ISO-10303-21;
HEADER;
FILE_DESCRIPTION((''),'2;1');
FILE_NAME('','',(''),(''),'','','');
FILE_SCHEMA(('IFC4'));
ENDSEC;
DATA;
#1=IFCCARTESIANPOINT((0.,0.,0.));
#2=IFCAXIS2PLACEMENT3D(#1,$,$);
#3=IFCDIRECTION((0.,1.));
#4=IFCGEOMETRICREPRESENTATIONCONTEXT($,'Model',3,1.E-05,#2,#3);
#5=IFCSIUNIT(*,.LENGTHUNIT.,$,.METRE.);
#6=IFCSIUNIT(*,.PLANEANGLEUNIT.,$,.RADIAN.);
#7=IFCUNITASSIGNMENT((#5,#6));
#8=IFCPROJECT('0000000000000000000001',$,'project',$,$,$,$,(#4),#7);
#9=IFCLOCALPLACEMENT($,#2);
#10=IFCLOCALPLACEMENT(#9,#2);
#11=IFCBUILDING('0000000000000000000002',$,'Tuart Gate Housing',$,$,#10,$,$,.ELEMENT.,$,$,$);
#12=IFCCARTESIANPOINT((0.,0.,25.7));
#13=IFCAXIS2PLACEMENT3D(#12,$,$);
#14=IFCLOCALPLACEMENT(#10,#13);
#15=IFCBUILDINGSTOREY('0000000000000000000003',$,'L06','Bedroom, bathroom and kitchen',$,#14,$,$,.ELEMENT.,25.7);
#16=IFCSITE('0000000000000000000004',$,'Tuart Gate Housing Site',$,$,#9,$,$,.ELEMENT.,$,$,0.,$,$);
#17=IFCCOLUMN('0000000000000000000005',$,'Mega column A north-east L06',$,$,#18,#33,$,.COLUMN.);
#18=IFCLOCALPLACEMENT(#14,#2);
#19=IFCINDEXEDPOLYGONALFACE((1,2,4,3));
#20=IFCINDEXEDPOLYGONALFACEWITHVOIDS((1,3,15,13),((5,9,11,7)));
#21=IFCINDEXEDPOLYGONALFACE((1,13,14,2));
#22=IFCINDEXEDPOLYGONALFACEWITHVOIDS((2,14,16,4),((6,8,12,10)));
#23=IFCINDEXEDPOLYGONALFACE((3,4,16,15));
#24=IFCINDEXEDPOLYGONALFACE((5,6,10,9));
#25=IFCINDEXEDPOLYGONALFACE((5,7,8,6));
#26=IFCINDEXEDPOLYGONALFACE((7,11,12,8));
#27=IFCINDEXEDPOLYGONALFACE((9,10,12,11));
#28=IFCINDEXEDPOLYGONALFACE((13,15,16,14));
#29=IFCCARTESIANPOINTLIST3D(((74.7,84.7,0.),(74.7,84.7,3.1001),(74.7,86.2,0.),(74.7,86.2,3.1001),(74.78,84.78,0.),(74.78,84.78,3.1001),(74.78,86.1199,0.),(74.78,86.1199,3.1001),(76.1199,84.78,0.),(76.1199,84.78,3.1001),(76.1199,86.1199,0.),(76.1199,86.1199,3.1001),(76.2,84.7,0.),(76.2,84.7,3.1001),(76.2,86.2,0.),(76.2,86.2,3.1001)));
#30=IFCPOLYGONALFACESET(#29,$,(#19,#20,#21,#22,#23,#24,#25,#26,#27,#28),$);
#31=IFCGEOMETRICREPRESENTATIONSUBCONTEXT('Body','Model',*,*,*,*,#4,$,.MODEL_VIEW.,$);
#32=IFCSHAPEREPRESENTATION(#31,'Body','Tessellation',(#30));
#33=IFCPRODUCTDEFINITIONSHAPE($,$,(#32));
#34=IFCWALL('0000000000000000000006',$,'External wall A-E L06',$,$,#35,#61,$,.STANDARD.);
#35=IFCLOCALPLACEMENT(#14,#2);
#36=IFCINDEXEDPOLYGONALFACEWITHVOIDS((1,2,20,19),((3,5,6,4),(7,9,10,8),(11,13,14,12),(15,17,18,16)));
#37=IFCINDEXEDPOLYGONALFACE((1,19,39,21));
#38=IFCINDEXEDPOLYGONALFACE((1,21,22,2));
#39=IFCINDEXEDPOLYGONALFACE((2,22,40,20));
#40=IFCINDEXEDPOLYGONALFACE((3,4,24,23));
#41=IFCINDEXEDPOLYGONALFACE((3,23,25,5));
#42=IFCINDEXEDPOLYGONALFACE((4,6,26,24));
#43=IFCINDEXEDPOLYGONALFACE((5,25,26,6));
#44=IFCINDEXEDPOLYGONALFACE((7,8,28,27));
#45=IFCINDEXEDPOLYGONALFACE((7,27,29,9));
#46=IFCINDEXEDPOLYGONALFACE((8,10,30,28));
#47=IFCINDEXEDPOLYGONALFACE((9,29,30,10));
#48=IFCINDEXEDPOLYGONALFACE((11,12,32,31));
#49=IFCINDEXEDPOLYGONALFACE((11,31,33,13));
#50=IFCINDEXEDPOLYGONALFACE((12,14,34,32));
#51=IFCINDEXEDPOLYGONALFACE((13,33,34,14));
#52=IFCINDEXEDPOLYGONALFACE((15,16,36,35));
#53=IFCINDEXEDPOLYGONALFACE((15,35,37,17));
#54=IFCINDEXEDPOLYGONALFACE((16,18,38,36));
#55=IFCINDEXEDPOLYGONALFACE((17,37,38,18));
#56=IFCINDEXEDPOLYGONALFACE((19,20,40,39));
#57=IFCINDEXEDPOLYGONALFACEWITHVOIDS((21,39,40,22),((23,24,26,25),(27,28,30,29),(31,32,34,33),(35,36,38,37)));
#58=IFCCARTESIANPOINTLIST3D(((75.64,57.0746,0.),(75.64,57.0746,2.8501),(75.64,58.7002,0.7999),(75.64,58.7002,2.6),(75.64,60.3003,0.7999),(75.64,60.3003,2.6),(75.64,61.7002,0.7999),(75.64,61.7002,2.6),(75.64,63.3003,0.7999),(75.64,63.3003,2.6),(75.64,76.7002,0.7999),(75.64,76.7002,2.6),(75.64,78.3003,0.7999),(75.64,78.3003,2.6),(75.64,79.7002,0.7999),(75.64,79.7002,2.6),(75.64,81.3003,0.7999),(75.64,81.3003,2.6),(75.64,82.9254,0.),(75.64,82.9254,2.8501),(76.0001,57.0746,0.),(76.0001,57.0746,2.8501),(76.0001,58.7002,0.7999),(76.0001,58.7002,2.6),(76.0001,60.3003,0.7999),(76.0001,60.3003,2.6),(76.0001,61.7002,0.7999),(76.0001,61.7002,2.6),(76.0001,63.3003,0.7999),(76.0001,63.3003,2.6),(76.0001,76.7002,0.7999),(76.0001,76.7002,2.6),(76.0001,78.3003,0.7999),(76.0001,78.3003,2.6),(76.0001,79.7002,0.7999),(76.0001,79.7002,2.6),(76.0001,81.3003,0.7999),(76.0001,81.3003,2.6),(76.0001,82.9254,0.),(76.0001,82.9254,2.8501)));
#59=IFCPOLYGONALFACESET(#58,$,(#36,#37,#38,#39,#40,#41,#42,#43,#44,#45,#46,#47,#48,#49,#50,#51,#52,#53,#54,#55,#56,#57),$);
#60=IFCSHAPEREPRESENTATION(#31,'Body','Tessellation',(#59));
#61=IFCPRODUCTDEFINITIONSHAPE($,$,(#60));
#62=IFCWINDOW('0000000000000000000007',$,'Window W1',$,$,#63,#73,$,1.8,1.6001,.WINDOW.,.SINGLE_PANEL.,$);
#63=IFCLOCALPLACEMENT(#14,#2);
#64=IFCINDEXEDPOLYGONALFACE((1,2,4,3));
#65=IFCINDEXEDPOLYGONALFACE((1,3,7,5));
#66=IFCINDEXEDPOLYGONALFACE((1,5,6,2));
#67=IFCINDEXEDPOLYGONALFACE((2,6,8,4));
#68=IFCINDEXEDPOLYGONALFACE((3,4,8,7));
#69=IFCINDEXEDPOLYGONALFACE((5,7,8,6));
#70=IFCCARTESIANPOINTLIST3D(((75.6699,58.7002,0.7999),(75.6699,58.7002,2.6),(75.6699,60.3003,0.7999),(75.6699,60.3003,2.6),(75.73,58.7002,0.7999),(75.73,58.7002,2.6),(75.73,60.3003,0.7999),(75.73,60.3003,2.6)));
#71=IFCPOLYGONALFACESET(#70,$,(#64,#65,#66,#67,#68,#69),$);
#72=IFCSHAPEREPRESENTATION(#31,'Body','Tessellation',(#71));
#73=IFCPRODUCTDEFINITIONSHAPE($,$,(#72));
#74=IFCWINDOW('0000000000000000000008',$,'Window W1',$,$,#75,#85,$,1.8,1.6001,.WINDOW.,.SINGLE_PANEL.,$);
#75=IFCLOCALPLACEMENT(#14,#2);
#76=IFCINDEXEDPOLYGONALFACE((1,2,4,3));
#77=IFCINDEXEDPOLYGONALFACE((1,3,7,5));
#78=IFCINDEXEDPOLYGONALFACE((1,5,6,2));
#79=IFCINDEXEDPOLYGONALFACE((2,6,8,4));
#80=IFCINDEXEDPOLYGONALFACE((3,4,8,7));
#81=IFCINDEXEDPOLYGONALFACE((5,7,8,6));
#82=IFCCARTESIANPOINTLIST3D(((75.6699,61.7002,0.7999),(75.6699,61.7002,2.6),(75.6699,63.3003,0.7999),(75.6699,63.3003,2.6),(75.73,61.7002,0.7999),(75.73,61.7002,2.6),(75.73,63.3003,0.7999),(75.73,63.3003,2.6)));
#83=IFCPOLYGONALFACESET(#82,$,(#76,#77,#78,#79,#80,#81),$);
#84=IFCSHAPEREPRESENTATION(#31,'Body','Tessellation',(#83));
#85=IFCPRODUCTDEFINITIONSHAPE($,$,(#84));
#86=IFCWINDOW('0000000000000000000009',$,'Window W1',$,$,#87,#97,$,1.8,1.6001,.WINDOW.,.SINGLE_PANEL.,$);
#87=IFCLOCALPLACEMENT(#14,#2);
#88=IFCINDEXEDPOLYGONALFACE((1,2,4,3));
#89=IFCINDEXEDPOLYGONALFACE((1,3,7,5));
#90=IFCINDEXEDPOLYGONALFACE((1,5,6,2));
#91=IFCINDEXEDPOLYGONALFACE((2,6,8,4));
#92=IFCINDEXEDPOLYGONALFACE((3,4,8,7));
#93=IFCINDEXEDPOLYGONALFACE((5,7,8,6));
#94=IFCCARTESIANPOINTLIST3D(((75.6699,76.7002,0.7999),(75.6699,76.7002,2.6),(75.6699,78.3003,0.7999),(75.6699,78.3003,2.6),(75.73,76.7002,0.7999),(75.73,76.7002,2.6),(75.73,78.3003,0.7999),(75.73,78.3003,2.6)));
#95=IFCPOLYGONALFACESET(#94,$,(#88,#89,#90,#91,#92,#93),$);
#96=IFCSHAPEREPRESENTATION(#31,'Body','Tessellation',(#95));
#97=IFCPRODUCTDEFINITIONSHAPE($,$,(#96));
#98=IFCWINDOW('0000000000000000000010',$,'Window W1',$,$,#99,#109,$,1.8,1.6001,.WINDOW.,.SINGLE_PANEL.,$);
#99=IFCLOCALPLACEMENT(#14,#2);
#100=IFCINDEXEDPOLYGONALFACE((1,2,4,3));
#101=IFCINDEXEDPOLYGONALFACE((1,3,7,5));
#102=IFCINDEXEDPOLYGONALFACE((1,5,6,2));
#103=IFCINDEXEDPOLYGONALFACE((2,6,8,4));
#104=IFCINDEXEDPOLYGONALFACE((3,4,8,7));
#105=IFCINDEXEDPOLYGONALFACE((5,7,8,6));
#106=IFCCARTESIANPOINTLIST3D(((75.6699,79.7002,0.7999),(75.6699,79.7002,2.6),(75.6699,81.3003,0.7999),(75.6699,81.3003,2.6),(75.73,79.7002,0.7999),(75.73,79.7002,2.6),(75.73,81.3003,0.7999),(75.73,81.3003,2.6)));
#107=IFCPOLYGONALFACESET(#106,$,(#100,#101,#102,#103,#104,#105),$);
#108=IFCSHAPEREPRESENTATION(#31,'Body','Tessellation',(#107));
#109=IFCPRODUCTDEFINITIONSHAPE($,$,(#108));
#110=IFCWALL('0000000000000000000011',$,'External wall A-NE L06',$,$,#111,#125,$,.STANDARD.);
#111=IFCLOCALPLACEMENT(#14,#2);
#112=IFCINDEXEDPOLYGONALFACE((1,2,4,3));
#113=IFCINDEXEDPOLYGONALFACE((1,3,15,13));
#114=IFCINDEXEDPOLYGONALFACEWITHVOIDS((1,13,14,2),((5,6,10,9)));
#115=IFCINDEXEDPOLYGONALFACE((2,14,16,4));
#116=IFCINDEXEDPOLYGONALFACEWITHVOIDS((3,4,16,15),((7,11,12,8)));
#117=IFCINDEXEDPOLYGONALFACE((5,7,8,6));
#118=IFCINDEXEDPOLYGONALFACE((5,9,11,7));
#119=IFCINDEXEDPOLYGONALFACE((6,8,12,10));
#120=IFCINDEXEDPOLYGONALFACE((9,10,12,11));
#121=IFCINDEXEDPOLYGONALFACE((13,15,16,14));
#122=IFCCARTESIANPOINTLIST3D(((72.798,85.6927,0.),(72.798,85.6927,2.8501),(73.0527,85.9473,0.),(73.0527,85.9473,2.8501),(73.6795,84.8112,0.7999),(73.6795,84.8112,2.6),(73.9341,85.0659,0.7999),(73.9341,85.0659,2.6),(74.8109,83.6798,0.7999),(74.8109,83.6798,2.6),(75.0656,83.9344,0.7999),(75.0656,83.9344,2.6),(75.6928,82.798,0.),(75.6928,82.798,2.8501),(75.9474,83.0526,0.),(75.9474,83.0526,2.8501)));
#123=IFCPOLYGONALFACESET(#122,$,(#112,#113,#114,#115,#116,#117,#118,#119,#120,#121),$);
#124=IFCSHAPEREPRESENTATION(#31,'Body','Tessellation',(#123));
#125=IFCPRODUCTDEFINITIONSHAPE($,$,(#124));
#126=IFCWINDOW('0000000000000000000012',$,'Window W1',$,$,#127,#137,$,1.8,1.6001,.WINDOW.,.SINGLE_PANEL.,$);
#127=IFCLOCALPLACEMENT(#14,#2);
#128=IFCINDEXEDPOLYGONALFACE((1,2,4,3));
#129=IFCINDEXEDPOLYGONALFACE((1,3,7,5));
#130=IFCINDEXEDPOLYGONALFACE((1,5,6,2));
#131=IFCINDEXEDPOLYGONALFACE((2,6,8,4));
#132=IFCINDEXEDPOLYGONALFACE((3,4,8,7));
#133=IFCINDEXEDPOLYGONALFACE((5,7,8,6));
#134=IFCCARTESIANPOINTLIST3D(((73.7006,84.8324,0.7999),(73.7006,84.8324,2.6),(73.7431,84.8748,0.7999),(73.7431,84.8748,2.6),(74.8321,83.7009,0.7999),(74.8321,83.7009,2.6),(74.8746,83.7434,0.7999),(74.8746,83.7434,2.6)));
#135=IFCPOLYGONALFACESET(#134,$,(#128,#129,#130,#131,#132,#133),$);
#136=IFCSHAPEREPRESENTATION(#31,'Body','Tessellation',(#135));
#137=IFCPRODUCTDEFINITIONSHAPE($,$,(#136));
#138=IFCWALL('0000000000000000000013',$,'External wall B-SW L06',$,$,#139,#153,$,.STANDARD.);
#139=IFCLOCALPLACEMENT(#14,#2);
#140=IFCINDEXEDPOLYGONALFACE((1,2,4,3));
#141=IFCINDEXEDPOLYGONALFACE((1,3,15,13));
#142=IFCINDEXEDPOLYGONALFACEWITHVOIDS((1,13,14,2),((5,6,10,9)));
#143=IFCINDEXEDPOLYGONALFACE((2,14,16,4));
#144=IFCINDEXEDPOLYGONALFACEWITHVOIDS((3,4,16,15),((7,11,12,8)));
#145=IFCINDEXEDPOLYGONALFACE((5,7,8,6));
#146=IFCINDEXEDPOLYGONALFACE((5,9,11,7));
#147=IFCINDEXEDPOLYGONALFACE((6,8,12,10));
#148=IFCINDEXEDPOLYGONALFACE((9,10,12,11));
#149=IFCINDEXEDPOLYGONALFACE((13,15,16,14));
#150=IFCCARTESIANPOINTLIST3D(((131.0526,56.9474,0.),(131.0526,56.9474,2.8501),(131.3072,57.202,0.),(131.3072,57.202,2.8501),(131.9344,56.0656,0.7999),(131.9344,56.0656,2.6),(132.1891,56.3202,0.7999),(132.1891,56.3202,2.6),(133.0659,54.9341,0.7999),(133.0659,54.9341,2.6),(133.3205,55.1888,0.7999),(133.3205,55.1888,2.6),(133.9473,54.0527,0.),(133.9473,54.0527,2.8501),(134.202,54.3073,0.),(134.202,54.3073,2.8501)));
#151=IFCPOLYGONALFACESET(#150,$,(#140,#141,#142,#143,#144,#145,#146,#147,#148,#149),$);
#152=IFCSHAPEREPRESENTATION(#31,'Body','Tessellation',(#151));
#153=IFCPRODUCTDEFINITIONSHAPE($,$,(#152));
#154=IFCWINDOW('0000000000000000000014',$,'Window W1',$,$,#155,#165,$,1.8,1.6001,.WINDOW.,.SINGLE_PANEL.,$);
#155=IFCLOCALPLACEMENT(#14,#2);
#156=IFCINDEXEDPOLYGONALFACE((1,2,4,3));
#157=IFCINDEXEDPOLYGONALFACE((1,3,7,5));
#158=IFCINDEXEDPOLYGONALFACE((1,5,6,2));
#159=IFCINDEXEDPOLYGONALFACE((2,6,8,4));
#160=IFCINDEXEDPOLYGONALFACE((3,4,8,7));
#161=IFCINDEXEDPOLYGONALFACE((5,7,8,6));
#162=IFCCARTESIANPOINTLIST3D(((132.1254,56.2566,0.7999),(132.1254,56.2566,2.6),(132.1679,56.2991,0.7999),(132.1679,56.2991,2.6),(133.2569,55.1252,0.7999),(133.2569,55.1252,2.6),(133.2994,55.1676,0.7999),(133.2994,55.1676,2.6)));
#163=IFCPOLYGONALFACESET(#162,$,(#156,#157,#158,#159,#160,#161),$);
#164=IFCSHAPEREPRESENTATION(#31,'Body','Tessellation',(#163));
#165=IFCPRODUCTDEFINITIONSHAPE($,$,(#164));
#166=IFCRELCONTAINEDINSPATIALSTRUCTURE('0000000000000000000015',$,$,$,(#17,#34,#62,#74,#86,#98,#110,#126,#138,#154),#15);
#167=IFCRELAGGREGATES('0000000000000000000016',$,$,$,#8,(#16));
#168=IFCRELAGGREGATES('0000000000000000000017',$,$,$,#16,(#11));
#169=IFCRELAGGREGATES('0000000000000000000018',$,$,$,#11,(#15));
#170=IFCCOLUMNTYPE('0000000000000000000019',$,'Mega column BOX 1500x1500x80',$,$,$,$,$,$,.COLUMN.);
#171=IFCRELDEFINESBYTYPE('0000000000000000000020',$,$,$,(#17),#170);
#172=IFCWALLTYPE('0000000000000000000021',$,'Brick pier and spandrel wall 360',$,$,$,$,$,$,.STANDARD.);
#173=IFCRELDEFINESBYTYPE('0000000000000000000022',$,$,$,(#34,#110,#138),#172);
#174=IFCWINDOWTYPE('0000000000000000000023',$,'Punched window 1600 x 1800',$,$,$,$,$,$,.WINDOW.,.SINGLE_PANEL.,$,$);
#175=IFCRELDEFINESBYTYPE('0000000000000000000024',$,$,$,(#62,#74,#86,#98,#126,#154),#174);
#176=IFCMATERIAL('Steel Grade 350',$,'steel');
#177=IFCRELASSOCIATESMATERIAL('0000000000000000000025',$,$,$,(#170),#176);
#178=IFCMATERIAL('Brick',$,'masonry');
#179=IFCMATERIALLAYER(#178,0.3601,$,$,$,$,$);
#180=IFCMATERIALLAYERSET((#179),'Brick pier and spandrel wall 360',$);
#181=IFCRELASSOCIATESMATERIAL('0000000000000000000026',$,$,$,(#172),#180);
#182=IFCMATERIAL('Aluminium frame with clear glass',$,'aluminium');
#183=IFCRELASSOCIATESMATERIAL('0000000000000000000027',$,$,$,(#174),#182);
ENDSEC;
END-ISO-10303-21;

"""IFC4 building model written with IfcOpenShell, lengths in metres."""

from ifc_helpers import new_model, si_unit, direction, frame, frame_2d, origin, origin_2d, place, context, subcontext, project, spatial, rectangle, hollow_rectangle, extrude, material, layer, layer_set, material_profile, profile_set, type_object, element, fill, save


model = new_model("IFC4")

# Units and contexts
model_context = context("Model", 3, precision=1e-05, world=origin(), true_north=direction((0.0, 1.0)))
body_context = subcontext(model_context, "Body", "Model", "MODEL_VIEW")
ifc_project = project(units=[si_unit("LENGTHUNIT", "METRE"), si_unit("PLANEANGLEUNIT", "RADIAN")], contexts=[model_context])

# Site, building, storey
site_placement = place(None, origin())
site = spatial("IfcSite", under=ifc_project, at=site_placement, Name="Tuart Gate Housing Site", CompositionType="ELEMENT", RefElevation=0.0)
building_placement = place(site_placement, origin())
building = spatial("IfcBuilding", under=site, at=building_placement, Name="Tuart Gate Housing", CompositionType="ELEMENT")
storey_placement = place(building_placement, frame((0.0, 0.0, 25.7)))
storey = spatial("IfcBuildingStorey", under=building, at=storey_placement, Name="L06", Description="Bedroom, bathroom and kitchen", CompositionType="ELEMENT", Elevation=25.7)

# Column
ifc_material_1 = material(Name="Steel Grade 350", Category="steel")
ifc_material_profile = material_profile(ifc_material_1, hollow_rectangle(XDim=1.5, YDim=1.5, WallThickness=0.0801, at=origin_2d()), Name="BOX 1500x1500x80")
ifc_profile_set = profile_set([ifc_material_profile], Name="Steel Grade 350")
column_type = type_object("IfcColumnType", Name="Mega column BOX 1500x1500x80", PredefinedType="COLUMN", material=ifc_profile_set)
column_placement = place(storey_placement, frame((75.45, 85.45, 0.0), z_axis=(0.0, 0.0, 1.0), x_axis=(1.0, 0.0, 0.0)))
element("IfcColumn", 1, at=column_placement, inside=storey, type_object=column_type, Name="Mega column A north-east L06", PredefinedType="COLUMN", context=body_context, shape_type="SweptSolid", body=[
    extrude(hollow_rectangle(XDim=1.5, YDim=1.5, WallThickness=0.0801, at=origin_2d()), origin(), (0.0, 0.0, 1.0), 3.1001),
])

# Wall, openings, windows
ifc_material_2 = material(Name="Brick", Category="masonry")
ifc_layer_1 = layer(ifc_material_2, 0.3601)
ifc_layer_set_1 = layer_set([ifc_layer_1], Name="Brick pier and spandrel wall 360")
wall_type_1 = type_object("IfcWallType", Name="Brick pier and spandrel wall 360", PredefinedType="STANDARD", material=ifc_layer_set_1)
wall_1_placement = place(storey_placement, frame((75.8201, 57.0747, 0.0), z_axis=(0.0, 0.0, 1.0), x_axis=(0.0, 1.0, 0.0)))
wall_1 = element("IfcWall", 2, at=wall_1_placement, inside=storey, type_object=wall_type_1, Name="External wall A-E L06", PredefinedType="STANDARD", context=body_context, shape_type="SweptSolid", body=[
    extrude(rectangle(XDim=25.8508, YDim=0.3601, at=frame_2d((12.9253, 0.0))), origin(), (0.0, 0.0, 1.0), 2.8501),
])
opening_1_placement = place(wall_1_placement, frame((1.6255, 0.0, 0.8)))
opening_1 = element("IfcOpeningElement", 3, at=opening_1_placement, cuts=wall_1, PredefinedType="OPENING", context=body_context, shape_type="SweptSolid", body=[
    extrude(rectangle(XDim=1.6001, YDim=1.8, at=frame_2d((0.8, 0.8999))), frame((0.0, 0.1899, 0.0), z_axis=(0.0, -1.0, 0.0), x_axis=(1.0, 0.0, 0.0)), (0.0, 0.0, 1.0), 0.3801),
])
opening_2_placement = place(wall_1_placement, frame((4.6255, 0.0, 0.8)))
opening_2 = element("IfcOpeningElement", 4, at=opening_2_placement, cuts=wall_1, PredefinedType="OPENING", context=body_context, shape_type="SweptSolid", body=[
    extrude(rectangle(XDim=1.6001, YDim=1.8, at=frame_2d((0.8, 0.8999))), frame((0.0, 0.1899, 0.0), z_axis=(0.0, -1.0, 0.0), x_axis=(1.0, 0.0, 0.0)), (0.0, 0.0, 1.0), 0.3801),
])
opening_3_placement = place(wall_1_placement, frame((19.6255, 0.0, 0.8)))
opening_3 = element("IfcOpeningElement", 5, at=opening_3_placement, cuts=wall_1, PredefinedType="OPENING", context=body_context, shape_type="SweptSolid", body=[
    extrude(rectangle(XDim=1.6001, YDim=1.8, at=frame_2d((0.8, 0.8999))), frame((0.0, 0.1899, 0.0), z_axis=(0.0, -1.0, 0.0), x_axis=(1.0, 0.0, 0.0)), (0.0, 0.0, 1.0), 0.3801),
])
opening_4_placement = place(wall_1_placement, frame((22.6255, 0.0, 0.8)))
opening_4 = element("IfcOpeningElement", 6, at=opening_4_placement, cuts=wall_1, PredefinedType="OPENING", context=body_context, shape_type="SweptSolid", body=[
    extrude(rectangle(XDim=1.6001, YDim=1.8, at=frame_2d((0.8, 0.8999))), frame((0.0, 0.1899, 0.0), z_axis=(0.0, -1.0, 0.0), x_axis=(1.0, 0.0, 0.0)), (0.0, 0.0, 1.0), 0.3801),
])
ifc_material_3 = material(Name="Aluminium frame with clear glass", Category="aluminium")
window_type = type_object("IfcWindowType", Name="Punched window 1600 x 1800", PartitioningType="SINGLE_PANEL", PredefinedType="WINDOW", material=ifc_material_3)
window_1_placement = place(opening_1_placement, origin())
window_1 = element("IfcWindow", 7, at=window_1_placement, inside=storey, type_object=window_type, Name="Window W1", OverallHeight=1.8, OverallWidth=1.6001, PartitioningType="SINGLE_PANEL", PredefinedType="WINDOW", context=body_context, shape_type="SweptSolid", body=[
    extrude(rectangle(XDim=1.6001, YDim=1.8, at=frame_2d((0.8, 0.8999))), frame((0.0, 0.1501, 0.0), z_axis=(0.0, -1.0, 0.0), x_axis=(1.0, 0.0, 0.0)), (0.0, 0.0, 1.0), 0.0601),
])
fill(opening_1, window_1)
window_2_placement = place(opening_2_placement, origin())
window_2 = element("IfcWindow", 8, at=window_2_placement, inside=storey, type_object=window_type, Name="Window W1", OverallHeight=1.8, OverallWidth=1.6001, PartitioningType="SINGLE_PANEL", PredefinedType="WINDOW", context=body_context, shape_type="SweptSolid", body=[
    extrude(rectangle(XDim=1.6001, YDim=1.8, at=frame_2d((0.8, 0.8999))), frame((0.0, 0.1501, 0.0), z_axis=(0.0, -1.0, 0.0), x_axis=(1.0, 0.0, 0.0)), (0.0, 0.0, 1.0), 0.0601),
])
fill(opening_2, window_2)
window_3_placement = place(opening_3_placement, origin())
window_3 = element("IfcWindow", 9, at=window_3_placement, inside=storey, type_object=window_type, Name="Window W1", OverallHeight=1.8, OverallWidth=1.6001, PartitioningType="SINGLE_PANEL", PredefinedType="WINDOW", context=body_context, shape_type="SweptSolid", body=[
    extrude(rectangle(XDim=1.6001, YDim=1.8, at=frame_2d((0.8, 0.8999))), frame((0.0, 0.1501, 0.0), z_axis=(0.0, -1.0, 0.0), x_axis=(1.0, 0.0, 0.0)), (0.0, 0.0, 1.0), 0.0601),
])
fill(opening_3, window_3)
window_4_placement = place(opening_4_placement, origin())
window_4 = element("IfcWindow", 10, at=window_4_placement, inside=storey, type_object=window_type, Name="Window W1", OverallHeight=1.8, OverallWidth=1.6001, PartitioningType="SINGLE_PANEL", PredefinedType="WINDOW", context=body_context, shape_type="SweptSolid", body=[
    extrude(rectangle(XDim=1.6001, YDim=1.8, at=frame_2d((0.8, 0.8999))), frame((0.0, 0.1501, 0.0), z_axis=(0.0, -1.0, 0.0), x_axis=(1.0, 0.0, 0.0)), (0.0, 0.0, 1.0), 0.0601),
])
fill(opening_4, window_4)

# Walls, openings, windows
wall_2_placement = place(storey_placement, frame((75.8201, 82.9253, 0.0), z_axis=(0.0, 0.0, 1.0), x_axis=(-0.707107, 0.707107, 0.0)))
wall_2 = element("IfcWall", 11, at=wall_2_placement, inside=storey, type_object=wall_type_1, Name="External wall A-NE L06", PredefinedType="STANDARD", context=body_context, shape_type="SweptSolid", body=[
    extrude(rectangle(XDim=4.0938, YDim=0.3601, at=frame_2d((2.0469, 0.0))), origin(), (0.0, 0.0, 1.0), 2.8501),
])
opening_5_placement = place(wall_2_placement, frame((1.2471, 0.0, 0.8)))
opening_5 = element("IfcOpeningElement", 12, at=opening_5_placement, cuts=wall_2, PredefinedType="OPENING", context=body_context, shape_type="SweptSolid", body=[
    extrude(rectangle(XDim=1.6001, YDim=1.8, at=frame_2d((0.8, 0.8999))), frame((0.0, 0.1899, 0.0), z_axis=(0.0, -1.0, 0.0), x_axis=(1.0, 0.0, 0.0)), (0.0, 0.0, 1.0), 0.3801),
])
window_5_placement = place(opening_5_placement, origin())
window_5 = element("IfcWindow", 13, at=window_5_placement, inside=storey, type_object=window_type, Name="Window W1", OverallHeight=1.8, OverallWidth=1.6001, PartitioningType="SINGLE_PANEL", PredefinedType="WINDOW", context=body_context, shape_type="SweptSolid", body=[
    extrude(rectangle(XDim=1.6001, YDim=1.8, at=frame_2d((0.8, 0.8999))), frame((0.0, 0.1501, 0.0), z_axis=(0.0, -1.0, 0.0), x_axis=(1.0, 0.0, 0.0)), (0.0, 0.0, 1.0), 0.0601),
])
fill(opening_5, window_5)
wall_3_placement = place(storey_placement, frame((131.1799, 57.0747, 0.0), z_axis=(0.0, 0.0, 1.0), x_axis=(0.707107, -0.707107, 0.0)))
wall_3 = element("IfcWall", 14, at=wall_3_placement, inside=storey, type_object=wall_type_1, Name="External wall B-SW L06", PredefinedType="STANDARD", context=body_context, shape_type="SweptSolid", body=[
    extrude(rectangle(XDim=4.0938, YDim=0.3601, at=frame_2d((2.0469, 0.0))), origin(), (0.0, 0.0, 1.0), 2.8501),
])
opening_6_placement = place(wall_3_placement, frame((1.2471, 0.0, 0.8)))
opening_6 = element("IfcOpeningElement", 15, at=opening_6_placement, cuts=wall_3, PredefinedType="OPENING", context=body_context, shape_type="SweptSolid", body=[
    extrude(rectangle(XDim=1.6001, YDim=1.8, at=frame_2d((0.8, 0.8999))), frame((0.0, 0.1899, 0.0), z_axis=(0.0, -1.0, 0.0), x_axis=(1.0, 0.0, 0.0)), (0.0, 0.0, 1.0), 0.3801),
])
window_6_placement = place(opening_6_placement, origin())
window_6 = element("IfcWindow", 16, at=window_6_placement, inside=storey, type_object=window_type, Name="Window W1", OverallHeight=1.8, OverallWidth=1.6001, PartitioningType="SINGLE_PANEL", PredefinedType="WINDOW", context=body_context, shape_type="SweptSolid", body=[
    extrude(rectangle(XDim=1.6001, YDim=1.8, at=frame_2d((0.8, 0.8999))), frame((0.0, 0.1501, 0.0), z_axis=(0.0, -1.0, 0.0), x_axis=(1.0, 0.0, 0.0)), (0.0, 0.0, 1.0), 0.0601),
])
fill(opening_6, window_6)

save(model, "model.ifc")
